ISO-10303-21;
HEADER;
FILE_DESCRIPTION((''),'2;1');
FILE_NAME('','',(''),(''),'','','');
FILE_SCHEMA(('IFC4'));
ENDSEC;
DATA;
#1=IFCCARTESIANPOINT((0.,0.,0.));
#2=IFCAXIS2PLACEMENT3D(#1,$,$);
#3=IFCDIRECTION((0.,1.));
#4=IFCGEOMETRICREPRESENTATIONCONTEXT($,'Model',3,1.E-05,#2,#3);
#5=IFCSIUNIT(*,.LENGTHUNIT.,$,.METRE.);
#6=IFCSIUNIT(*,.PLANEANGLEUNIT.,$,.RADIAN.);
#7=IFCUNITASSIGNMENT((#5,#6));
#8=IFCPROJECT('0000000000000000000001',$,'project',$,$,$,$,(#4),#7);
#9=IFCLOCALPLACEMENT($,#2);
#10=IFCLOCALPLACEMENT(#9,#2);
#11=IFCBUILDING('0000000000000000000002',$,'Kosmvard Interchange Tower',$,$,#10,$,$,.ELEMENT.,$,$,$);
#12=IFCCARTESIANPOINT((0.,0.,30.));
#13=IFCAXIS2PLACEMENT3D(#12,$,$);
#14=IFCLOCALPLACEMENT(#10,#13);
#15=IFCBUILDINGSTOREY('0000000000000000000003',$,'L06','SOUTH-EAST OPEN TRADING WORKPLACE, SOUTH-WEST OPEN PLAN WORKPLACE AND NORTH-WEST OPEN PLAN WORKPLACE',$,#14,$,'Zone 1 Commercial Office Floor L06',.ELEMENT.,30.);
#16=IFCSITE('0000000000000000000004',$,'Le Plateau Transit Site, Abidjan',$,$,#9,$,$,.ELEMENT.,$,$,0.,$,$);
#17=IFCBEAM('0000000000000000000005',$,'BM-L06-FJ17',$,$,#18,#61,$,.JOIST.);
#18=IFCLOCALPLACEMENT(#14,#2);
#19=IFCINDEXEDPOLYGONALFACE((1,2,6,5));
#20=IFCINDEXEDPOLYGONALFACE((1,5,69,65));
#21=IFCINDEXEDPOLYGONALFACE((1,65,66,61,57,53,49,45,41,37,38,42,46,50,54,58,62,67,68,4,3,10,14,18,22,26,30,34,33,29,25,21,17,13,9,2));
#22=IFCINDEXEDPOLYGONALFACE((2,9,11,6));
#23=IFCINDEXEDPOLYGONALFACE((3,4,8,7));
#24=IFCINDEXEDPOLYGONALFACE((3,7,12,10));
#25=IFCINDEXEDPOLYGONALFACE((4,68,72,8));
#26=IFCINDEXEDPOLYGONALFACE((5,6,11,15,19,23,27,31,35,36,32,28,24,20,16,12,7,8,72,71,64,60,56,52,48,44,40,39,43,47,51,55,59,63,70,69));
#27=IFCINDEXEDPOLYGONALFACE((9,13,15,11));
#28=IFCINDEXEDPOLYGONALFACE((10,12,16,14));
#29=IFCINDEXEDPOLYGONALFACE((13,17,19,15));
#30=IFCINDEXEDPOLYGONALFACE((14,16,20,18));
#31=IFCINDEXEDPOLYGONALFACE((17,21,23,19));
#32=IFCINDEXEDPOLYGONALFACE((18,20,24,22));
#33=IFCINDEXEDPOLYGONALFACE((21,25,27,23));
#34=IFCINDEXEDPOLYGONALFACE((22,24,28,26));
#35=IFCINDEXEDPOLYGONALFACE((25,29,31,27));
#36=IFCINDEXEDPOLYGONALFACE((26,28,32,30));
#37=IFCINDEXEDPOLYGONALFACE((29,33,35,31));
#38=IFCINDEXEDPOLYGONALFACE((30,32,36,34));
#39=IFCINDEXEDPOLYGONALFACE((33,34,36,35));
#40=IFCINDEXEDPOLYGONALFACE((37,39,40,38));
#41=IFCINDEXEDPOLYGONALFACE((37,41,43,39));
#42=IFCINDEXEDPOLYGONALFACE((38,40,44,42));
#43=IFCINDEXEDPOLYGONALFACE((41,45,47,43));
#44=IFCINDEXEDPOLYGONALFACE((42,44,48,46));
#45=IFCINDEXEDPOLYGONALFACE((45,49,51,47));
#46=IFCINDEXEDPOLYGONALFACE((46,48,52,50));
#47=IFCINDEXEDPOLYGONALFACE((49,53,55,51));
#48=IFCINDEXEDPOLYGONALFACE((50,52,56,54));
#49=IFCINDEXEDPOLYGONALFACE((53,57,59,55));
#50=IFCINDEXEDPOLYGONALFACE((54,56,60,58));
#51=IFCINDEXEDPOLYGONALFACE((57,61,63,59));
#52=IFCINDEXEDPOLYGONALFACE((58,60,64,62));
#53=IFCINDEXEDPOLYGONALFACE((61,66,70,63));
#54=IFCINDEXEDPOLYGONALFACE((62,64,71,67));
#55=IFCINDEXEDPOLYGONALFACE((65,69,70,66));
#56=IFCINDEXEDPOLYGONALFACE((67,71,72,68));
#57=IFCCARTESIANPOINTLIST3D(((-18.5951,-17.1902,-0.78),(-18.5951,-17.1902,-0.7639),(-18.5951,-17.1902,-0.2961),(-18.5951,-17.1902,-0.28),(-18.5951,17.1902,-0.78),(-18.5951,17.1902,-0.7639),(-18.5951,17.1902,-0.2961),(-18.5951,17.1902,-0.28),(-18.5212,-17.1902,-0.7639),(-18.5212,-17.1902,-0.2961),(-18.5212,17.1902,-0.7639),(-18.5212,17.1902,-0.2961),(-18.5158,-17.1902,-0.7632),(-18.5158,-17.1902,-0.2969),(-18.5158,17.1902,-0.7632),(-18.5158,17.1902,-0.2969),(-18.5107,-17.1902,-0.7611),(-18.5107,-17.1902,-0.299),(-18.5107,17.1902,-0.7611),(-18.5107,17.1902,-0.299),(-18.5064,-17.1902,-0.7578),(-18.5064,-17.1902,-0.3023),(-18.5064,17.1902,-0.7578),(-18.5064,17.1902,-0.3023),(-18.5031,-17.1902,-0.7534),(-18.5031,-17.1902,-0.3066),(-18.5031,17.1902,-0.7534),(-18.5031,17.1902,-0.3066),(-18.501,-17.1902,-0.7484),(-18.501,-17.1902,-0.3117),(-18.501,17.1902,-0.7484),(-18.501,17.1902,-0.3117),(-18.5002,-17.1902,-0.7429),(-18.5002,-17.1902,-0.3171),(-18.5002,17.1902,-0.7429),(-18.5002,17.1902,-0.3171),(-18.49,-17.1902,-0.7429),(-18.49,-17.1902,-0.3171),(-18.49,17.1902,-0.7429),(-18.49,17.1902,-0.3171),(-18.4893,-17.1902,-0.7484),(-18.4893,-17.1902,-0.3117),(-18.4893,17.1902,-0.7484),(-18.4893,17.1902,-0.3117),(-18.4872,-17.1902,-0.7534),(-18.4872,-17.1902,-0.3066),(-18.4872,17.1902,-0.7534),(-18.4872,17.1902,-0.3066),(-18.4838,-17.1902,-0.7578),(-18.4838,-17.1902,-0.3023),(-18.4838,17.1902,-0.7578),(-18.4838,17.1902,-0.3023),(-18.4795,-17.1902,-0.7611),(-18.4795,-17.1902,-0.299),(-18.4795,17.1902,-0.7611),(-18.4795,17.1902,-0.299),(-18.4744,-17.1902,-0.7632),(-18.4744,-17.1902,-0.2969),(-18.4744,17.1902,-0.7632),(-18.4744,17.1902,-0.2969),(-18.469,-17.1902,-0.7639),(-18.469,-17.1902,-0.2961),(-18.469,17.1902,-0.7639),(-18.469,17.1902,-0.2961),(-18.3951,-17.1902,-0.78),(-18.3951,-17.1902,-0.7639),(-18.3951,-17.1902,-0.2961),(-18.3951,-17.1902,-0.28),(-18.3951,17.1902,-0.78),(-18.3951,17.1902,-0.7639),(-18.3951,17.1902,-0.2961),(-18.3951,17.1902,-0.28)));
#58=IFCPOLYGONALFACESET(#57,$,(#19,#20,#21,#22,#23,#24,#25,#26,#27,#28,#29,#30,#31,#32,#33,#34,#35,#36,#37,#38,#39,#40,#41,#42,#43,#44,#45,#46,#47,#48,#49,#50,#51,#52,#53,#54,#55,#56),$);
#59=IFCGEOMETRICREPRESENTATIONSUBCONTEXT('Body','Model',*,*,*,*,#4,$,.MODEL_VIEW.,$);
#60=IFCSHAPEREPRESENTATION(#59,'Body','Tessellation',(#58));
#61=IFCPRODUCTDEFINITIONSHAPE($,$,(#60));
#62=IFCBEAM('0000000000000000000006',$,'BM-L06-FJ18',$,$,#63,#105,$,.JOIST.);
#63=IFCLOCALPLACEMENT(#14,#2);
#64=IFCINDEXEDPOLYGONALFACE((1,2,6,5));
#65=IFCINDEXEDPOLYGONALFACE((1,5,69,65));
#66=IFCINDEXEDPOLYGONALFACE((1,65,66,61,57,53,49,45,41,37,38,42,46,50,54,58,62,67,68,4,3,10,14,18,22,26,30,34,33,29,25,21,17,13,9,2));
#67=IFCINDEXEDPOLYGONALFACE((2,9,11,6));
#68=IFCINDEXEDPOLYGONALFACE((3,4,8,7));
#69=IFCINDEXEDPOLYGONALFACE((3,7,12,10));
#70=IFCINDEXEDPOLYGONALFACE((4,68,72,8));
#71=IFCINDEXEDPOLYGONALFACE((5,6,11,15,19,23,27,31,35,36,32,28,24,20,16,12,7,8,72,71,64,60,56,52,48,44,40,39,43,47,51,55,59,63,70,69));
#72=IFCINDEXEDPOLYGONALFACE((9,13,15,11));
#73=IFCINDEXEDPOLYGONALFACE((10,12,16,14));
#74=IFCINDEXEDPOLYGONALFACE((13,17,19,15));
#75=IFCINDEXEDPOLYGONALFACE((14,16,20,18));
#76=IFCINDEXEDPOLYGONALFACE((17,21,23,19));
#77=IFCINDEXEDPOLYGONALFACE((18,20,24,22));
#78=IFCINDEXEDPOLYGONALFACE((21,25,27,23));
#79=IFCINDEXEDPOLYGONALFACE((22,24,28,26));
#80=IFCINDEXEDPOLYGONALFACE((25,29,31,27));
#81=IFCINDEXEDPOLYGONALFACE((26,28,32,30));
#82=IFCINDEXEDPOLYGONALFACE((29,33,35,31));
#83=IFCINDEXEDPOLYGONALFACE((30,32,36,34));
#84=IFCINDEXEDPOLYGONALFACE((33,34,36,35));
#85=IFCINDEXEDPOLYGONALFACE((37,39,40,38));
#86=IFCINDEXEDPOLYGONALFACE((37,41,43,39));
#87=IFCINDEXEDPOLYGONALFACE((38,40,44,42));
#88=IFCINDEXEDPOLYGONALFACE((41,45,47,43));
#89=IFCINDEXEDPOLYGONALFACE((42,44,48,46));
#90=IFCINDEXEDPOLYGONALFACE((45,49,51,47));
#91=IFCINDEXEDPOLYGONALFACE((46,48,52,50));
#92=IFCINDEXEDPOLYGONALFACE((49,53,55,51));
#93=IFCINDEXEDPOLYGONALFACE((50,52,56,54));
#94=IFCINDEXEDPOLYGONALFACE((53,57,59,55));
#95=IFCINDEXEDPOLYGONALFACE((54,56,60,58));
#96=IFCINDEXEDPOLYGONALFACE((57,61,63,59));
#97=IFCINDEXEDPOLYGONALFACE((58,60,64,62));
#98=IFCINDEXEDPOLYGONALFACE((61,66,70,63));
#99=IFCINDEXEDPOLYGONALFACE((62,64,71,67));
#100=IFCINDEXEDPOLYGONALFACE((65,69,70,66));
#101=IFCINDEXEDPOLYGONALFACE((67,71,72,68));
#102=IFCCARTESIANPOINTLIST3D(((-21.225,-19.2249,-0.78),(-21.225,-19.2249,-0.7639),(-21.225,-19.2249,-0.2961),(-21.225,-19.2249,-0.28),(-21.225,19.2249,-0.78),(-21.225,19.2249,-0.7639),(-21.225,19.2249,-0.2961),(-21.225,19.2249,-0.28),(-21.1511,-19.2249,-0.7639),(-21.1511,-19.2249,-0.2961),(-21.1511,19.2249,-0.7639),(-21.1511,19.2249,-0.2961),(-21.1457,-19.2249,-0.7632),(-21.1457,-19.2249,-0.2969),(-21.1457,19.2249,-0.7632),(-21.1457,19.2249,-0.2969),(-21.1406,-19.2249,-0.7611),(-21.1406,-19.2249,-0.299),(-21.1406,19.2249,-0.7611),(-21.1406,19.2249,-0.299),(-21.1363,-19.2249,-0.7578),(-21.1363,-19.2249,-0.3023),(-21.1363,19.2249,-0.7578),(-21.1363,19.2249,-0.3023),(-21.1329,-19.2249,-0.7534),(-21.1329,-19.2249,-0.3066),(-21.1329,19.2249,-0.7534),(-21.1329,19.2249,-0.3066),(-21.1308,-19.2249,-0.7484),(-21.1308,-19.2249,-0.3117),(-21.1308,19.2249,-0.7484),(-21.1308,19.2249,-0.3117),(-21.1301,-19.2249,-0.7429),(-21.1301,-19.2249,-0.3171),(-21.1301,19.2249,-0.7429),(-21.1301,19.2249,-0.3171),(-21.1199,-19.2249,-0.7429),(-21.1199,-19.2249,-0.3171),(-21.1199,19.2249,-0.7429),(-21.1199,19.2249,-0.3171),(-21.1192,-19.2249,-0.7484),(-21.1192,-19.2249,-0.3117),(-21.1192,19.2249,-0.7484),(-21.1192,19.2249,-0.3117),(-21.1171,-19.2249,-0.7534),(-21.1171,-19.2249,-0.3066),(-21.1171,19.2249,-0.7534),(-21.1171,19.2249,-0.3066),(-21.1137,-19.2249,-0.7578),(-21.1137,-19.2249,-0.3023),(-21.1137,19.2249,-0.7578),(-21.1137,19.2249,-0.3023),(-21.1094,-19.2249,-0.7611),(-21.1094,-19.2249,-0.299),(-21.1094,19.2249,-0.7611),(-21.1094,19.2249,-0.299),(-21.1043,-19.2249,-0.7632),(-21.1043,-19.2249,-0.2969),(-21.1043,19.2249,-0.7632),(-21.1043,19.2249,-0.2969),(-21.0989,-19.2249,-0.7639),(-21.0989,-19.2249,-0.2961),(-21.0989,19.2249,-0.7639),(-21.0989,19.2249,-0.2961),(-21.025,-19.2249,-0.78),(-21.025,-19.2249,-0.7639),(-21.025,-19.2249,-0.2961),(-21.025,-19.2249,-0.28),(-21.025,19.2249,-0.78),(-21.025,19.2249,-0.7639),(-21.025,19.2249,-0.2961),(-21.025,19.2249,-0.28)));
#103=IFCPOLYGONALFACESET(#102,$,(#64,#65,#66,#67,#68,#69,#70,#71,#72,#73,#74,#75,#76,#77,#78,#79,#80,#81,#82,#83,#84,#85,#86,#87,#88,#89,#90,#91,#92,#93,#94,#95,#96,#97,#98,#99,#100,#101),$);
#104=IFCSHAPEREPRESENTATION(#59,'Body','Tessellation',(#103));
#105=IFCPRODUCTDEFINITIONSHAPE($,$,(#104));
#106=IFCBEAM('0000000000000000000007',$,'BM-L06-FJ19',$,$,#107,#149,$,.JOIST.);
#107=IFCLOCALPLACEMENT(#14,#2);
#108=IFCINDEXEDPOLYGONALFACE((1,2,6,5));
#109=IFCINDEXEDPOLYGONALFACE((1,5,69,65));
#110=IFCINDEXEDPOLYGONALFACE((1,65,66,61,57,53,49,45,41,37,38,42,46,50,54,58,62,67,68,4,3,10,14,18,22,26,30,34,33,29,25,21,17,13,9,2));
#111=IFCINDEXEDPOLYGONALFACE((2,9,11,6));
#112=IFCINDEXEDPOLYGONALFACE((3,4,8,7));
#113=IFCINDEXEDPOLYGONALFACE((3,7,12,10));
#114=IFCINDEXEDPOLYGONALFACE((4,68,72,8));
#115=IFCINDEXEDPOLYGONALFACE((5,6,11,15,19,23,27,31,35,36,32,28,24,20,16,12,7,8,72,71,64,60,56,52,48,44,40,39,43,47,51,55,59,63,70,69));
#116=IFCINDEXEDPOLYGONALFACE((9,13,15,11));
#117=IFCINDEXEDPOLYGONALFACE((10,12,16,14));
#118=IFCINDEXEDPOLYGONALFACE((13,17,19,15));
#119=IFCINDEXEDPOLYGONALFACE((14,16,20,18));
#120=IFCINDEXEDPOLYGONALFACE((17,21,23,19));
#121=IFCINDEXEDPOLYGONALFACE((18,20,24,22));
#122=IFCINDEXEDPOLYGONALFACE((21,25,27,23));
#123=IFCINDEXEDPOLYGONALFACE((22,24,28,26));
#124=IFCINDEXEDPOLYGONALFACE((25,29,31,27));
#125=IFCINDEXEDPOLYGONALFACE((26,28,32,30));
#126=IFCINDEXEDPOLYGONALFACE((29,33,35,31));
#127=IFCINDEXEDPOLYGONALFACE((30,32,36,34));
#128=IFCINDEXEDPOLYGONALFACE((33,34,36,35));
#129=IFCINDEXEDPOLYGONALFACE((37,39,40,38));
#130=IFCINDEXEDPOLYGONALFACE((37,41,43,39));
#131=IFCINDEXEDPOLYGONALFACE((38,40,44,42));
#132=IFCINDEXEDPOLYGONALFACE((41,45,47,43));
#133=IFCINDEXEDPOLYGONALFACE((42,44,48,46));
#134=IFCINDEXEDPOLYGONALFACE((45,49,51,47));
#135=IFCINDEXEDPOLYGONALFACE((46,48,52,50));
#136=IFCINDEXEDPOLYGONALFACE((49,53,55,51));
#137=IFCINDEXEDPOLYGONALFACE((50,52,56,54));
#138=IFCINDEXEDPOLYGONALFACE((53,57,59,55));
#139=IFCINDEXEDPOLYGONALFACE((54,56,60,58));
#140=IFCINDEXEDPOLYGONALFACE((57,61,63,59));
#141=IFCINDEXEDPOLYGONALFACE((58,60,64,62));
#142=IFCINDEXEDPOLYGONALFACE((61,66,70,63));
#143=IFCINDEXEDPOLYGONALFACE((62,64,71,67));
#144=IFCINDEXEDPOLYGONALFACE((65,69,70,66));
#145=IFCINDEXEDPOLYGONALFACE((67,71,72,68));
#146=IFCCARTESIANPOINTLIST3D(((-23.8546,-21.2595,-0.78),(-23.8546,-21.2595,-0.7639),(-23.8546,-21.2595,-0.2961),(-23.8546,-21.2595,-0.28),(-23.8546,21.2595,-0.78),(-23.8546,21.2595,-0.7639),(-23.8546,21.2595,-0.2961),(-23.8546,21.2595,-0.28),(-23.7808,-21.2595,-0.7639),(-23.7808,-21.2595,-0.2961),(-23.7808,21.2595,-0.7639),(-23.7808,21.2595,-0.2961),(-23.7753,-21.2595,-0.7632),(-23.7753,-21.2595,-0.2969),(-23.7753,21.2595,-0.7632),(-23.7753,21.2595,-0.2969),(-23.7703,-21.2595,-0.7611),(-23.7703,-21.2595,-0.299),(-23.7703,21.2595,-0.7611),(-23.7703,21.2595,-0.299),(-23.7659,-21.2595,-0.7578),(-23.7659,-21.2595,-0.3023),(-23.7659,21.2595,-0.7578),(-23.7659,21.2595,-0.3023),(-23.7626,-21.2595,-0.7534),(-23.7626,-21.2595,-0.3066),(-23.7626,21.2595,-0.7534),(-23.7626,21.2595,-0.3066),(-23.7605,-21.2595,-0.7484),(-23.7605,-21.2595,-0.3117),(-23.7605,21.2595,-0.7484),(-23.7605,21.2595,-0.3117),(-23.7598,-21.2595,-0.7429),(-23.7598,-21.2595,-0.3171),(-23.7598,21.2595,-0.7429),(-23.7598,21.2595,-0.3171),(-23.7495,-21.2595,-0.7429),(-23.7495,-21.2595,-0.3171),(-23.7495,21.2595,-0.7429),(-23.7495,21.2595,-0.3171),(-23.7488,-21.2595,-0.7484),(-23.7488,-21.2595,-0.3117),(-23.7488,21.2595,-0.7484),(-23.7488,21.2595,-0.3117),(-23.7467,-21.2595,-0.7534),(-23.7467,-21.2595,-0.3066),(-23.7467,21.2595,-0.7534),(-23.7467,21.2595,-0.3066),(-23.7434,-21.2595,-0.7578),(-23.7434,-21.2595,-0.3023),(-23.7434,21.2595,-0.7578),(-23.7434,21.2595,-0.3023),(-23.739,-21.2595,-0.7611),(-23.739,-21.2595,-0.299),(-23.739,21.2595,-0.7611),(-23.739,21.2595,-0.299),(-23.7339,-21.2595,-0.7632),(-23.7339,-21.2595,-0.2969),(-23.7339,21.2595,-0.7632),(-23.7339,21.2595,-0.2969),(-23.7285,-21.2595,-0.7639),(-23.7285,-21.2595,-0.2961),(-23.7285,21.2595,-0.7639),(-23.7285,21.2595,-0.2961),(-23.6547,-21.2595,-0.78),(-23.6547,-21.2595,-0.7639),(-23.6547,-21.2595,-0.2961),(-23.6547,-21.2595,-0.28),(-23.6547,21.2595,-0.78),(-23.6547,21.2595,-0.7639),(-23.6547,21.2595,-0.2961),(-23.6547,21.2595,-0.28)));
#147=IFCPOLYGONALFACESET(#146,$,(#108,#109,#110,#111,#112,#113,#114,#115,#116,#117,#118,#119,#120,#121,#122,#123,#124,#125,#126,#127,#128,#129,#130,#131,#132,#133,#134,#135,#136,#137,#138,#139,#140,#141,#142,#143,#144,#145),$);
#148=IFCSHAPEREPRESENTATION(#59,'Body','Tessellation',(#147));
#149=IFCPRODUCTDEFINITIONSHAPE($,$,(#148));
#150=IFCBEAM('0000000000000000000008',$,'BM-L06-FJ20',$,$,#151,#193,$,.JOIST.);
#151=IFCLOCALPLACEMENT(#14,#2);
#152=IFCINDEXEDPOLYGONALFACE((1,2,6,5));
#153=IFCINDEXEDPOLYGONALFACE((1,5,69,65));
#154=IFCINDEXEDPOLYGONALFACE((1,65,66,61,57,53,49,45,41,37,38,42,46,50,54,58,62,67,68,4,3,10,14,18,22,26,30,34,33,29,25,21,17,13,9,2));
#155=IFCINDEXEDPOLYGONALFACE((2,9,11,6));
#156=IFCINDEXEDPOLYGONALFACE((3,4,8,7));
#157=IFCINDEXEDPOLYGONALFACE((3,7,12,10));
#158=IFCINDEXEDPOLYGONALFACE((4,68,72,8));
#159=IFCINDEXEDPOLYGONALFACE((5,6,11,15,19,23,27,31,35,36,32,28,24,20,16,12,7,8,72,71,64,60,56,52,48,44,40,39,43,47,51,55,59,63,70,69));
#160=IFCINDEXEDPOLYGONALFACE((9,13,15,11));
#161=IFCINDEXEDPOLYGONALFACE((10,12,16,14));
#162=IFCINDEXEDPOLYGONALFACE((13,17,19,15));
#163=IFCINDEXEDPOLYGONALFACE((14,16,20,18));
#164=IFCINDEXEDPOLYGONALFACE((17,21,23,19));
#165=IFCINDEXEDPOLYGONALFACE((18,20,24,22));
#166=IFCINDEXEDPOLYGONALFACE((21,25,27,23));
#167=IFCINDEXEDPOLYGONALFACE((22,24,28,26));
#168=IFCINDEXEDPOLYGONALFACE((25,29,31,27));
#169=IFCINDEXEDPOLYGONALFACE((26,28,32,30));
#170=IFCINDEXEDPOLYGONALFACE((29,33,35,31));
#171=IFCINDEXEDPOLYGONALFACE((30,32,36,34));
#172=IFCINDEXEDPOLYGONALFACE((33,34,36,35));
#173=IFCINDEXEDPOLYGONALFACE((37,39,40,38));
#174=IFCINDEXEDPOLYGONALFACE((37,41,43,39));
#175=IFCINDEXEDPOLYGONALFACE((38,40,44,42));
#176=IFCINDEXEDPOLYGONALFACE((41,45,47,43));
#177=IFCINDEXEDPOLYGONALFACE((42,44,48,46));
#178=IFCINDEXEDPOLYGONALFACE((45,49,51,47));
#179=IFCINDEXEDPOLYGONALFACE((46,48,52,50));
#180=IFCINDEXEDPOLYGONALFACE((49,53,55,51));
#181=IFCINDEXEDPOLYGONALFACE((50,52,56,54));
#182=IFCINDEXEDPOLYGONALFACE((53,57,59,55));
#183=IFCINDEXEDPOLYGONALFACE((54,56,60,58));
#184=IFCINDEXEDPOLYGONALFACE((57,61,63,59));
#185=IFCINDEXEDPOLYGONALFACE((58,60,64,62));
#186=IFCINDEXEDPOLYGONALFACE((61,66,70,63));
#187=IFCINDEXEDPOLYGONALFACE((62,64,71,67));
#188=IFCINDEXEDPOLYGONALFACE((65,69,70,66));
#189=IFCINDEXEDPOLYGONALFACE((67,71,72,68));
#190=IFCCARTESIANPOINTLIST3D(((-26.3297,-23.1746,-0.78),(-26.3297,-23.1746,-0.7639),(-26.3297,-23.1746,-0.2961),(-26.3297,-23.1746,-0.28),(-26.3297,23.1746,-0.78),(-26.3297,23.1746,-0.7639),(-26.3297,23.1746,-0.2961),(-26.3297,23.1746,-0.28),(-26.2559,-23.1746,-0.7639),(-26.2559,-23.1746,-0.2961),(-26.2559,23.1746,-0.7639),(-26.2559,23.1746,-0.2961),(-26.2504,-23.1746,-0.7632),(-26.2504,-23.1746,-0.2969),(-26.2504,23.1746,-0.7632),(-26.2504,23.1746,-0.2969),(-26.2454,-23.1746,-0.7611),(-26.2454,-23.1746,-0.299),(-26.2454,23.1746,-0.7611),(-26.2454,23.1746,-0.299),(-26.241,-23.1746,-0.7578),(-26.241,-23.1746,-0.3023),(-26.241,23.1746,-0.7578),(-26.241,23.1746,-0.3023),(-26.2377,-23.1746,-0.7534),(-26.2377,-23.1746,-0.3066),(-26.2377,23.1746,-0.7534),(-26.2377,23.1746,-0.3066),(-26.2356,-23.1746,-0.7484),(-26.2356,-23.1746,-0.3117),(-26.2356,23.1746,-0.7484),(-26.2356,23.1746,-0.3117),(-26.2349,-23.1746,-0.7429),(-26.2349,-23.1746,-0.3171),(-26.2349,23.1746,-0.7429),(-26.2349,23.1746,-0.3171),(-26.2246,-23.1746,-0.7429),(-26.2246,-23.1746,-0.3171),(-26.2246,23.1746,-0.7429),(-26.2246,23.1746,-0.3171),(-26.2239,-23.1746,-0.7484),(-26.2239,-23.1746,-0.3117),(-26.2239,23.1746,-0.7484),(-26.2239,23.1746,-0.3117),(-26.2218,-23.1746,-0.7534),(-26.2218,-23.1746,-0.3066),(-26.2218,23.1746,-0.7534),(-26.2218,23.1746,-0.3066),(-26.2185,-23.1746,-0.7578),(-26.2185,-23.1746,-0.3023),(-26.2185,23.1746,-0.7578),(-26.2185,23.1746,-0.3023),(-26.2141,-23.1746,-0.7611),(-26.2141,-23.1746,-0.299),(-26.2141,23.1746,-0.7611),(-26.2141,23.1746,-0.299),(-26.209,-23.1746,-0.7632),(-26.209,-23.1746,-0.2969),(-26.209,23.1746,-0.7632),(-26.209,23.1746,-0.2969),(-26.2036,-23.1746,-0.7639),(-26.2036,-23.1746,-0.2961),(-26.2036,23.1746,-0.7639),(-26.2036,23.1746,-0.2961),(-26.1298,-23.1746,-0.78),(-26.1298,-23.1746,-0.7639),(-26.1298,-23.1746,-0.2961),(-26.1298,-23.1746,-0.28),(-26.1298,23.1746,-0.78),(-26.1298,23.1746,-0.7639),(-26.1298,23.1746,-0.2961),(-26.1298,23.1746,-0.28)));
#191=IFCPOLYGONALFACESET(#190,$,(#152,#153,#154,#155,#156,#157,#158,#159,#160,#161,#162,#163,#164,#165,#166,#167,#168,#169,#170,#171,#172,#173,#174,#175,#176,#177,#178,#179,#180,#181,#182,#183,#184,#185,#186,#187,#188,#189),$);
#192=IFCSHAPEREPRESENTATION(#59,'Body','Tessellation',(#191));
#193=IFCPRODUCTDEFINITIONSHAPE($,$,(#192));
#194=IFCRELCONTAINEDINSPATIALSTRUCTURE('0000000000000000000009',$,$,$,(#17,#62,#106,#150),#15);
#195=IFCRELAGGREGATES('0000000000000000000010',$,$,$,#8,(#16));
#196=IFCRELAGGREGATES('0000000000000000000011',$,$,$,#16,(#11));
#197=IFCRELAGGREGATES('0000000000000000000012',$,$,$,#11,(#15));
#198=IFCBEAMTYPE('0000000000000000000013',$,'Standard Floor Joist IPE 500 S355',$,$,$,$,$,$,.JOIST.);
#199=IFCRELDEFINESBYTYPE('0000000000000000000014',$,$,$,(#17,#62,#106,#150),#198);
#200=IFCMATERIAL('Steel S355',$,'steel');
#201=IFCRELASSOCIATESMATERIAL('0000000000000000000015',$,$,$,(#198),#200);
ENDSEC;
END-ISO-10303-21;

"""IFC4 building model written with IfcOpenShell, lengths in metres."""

from ifc_helpers import new_model, si_unit, direction, frame, origin, origin_2d, place, context, subcontext, project, spatial, i_section, extrude, source, transform, mapped, material, material_profile, profile_set, type_object, element, save


model = new_model("IFC4")

# Units and contexts
model_context = context("Model", 3, precision=1e-05, world=origin(), true_north=direction((0.0, 1.0)))
body_context = subcontext(model_context, "Body", "Model", "MODEL_VIEW")
ifc_project = project(units=[si_unit("LENGTHUNIT", "METRE"), si_unit("PLANEANGLEUNIT", "RADIAN")], contexts=[model_context])

# Site, building, storey
site_placement = place(None, origin())
site = spatial("IfcSite", under=ifc_project, at=site_placement, Name="Le Plateau Transit Site, Abidjan", CompositionType="ELEMENT", RefElevation=0.0)
building_placement = place(site_placement, origin())
building = spatial("IfcBuilding", under=site, at=building_placement, Name="Kosmvard Interchange Tower", CompositionType="ELEMENT")
storey_placement = place(building_placement, frame((0.0, 0.0, 30.0)))
storey = spatial("IfcBuildingStorey", under=building, at=storey_placement, Name="L06", Description="SOUTH-EAST OPEN TRADING WORKPLACE, SOUTH-WEST OPEN PLAN WORKPLACE AND NORTH-WEST OPEN PLAN WORKPLACE", LongName="Zone 1 Commercial Office Floor L06", CompositionType="ELEMENT", Elevation=30.0)

# Beams
ifc_material_1 = material(Name="Steel S355", Category="steel")
ifc_material_profile_1 = material_profile(ifc_material_1, i_section(OverallWidth=0.2, OverallDepth=0.5, WebThickness=0.0103, FlangeThickness=0.0161, FilletRadius=0.021, at=origin_2d()), Name="IPE 500")
ifc_profile_set_1 = profile_set([ifc_material_profile_1], Name="Steel S355")
beam_type_1 = type_object("IfcBeamType", Name="Standard Floor Joist IPE 500 S355", PredefinedType="JOIST", material=ifc_profile_set_1)
shared_shape_1 = source(origin(), body_context, "Body", "SweptSolid", [
    extrude(i_section(OverallWidth=0.2, OverallDepth=0.5, WebThickness=0.0103, FlangeThickness=0.0161, FilletRadius=0.021, at=origin_2d()), origin(), (0.0, 0.0, 1.0), 34.3804),
])
beam_1_placement = place(storey_placement, frame((-18.4951, 17.1902, -0.53), z_axis=(0.0, -1.0, 0.0), x_axis=(1.0, 0.0, 0.0)))
element("IfcBeam", 1, at=beam_1_placement, inside=storey, type_object=beam_type_1, Name="BM-L06-FJ17", PredefinedType="JOIST", context=body_context, shape_type="MappedRepresentation", body=[
    mapped(shared_shape_1, transform((0.0, 0.0, 0.0), scale=1.0)),
])
shared_shape_2 = source(origin(), body_context, "Body", "SweptSolid", [
    extrude(i_section(OverallWidth=0.2, OverallDepth=0.5, WebThickness=0.0103, FlangeThickness=0.0161, FilletRadius=0.021, at=origin_2d()), origin(), (0.0, 0.0, 1.0), 38.4497),
])
beam_2_placement = place(storey_placement, frame((-21.125, 19.2249, -0.53), z_axis=(0.0, -1.0, 0.0), x_axis=(1.0, 0.0, 0.0)))
element("IfcBeam", 2, at=beam_2_placement, inside=storey, type_object=beam_type_1, Name="BM-L06-FJ18", PredefinedType="JOIST", context=body_context, shape_type="MappedRepresentation", body=[
    mapped(shared_shape_2, transform((0.0, 0.0, 0.0), scale=1.0)),
])
shared_shape_3 = source(origin(), body_context, "Body", "SweptSolid", [
    extrude(i_section(OverallWidth=0.2, OverallDepth=0.5, WebThickness=0.0103, FlangeThickness=0.0161, FilletRadius=0.021, at=origin_2d()), origin(), (0.0, 0.0, 1.0), 42.519),
])
beam_3_placement = place(storey_placement, frame((-23.7546, 21.2595, -0.53), z_axis=(0.0, -1.0, 0.0), x_axis=(1.0, 0.0, 0.0)))
element("IfcBeam", 3, at=beam_3_placement, inside=storey, type_object=beam_type_1, Name="BM-L06-FJ19", PredefinedType="JOIST", context=body_context, shape_type="MappedRepresentation", body=[
    mapped(shared_shape_3, transform((0.0, 0.0, 0.0), scale=1.0)),
])
shared_shape_4 = source(origin(), body_context, "Body", "SweptSolid", [
    extrude(i_section(OverallWidth=0.2, OverallDepth=0.5, WebThickness=0.0103, FlangeThickness=0.0161, FilletRadius=0.021, at=origin_2d()), origin(), (0.0, 0.0, 1.0), 46.3491),
])
beam_4_placement = place(storey_placement, frame((-26.2297, 23.1746, -0.53), z_axis=(0.0, -1.0, 0.0), x_axis=(1.0, 0.0, 0.0)))
element("IfcBeam", 4, at=beam_4_placement, inside=storey, type_object=beam_type_1, Name="BM-L06-FJ20", PredefinedType="JOIST", context=body_context, shape_type="MappedRepresentation", body=[
    mapped(shared_shape_4, transform((0.0, 0.0, 0.0), scale=1.0)),
])

save(model, "model.ifc")
